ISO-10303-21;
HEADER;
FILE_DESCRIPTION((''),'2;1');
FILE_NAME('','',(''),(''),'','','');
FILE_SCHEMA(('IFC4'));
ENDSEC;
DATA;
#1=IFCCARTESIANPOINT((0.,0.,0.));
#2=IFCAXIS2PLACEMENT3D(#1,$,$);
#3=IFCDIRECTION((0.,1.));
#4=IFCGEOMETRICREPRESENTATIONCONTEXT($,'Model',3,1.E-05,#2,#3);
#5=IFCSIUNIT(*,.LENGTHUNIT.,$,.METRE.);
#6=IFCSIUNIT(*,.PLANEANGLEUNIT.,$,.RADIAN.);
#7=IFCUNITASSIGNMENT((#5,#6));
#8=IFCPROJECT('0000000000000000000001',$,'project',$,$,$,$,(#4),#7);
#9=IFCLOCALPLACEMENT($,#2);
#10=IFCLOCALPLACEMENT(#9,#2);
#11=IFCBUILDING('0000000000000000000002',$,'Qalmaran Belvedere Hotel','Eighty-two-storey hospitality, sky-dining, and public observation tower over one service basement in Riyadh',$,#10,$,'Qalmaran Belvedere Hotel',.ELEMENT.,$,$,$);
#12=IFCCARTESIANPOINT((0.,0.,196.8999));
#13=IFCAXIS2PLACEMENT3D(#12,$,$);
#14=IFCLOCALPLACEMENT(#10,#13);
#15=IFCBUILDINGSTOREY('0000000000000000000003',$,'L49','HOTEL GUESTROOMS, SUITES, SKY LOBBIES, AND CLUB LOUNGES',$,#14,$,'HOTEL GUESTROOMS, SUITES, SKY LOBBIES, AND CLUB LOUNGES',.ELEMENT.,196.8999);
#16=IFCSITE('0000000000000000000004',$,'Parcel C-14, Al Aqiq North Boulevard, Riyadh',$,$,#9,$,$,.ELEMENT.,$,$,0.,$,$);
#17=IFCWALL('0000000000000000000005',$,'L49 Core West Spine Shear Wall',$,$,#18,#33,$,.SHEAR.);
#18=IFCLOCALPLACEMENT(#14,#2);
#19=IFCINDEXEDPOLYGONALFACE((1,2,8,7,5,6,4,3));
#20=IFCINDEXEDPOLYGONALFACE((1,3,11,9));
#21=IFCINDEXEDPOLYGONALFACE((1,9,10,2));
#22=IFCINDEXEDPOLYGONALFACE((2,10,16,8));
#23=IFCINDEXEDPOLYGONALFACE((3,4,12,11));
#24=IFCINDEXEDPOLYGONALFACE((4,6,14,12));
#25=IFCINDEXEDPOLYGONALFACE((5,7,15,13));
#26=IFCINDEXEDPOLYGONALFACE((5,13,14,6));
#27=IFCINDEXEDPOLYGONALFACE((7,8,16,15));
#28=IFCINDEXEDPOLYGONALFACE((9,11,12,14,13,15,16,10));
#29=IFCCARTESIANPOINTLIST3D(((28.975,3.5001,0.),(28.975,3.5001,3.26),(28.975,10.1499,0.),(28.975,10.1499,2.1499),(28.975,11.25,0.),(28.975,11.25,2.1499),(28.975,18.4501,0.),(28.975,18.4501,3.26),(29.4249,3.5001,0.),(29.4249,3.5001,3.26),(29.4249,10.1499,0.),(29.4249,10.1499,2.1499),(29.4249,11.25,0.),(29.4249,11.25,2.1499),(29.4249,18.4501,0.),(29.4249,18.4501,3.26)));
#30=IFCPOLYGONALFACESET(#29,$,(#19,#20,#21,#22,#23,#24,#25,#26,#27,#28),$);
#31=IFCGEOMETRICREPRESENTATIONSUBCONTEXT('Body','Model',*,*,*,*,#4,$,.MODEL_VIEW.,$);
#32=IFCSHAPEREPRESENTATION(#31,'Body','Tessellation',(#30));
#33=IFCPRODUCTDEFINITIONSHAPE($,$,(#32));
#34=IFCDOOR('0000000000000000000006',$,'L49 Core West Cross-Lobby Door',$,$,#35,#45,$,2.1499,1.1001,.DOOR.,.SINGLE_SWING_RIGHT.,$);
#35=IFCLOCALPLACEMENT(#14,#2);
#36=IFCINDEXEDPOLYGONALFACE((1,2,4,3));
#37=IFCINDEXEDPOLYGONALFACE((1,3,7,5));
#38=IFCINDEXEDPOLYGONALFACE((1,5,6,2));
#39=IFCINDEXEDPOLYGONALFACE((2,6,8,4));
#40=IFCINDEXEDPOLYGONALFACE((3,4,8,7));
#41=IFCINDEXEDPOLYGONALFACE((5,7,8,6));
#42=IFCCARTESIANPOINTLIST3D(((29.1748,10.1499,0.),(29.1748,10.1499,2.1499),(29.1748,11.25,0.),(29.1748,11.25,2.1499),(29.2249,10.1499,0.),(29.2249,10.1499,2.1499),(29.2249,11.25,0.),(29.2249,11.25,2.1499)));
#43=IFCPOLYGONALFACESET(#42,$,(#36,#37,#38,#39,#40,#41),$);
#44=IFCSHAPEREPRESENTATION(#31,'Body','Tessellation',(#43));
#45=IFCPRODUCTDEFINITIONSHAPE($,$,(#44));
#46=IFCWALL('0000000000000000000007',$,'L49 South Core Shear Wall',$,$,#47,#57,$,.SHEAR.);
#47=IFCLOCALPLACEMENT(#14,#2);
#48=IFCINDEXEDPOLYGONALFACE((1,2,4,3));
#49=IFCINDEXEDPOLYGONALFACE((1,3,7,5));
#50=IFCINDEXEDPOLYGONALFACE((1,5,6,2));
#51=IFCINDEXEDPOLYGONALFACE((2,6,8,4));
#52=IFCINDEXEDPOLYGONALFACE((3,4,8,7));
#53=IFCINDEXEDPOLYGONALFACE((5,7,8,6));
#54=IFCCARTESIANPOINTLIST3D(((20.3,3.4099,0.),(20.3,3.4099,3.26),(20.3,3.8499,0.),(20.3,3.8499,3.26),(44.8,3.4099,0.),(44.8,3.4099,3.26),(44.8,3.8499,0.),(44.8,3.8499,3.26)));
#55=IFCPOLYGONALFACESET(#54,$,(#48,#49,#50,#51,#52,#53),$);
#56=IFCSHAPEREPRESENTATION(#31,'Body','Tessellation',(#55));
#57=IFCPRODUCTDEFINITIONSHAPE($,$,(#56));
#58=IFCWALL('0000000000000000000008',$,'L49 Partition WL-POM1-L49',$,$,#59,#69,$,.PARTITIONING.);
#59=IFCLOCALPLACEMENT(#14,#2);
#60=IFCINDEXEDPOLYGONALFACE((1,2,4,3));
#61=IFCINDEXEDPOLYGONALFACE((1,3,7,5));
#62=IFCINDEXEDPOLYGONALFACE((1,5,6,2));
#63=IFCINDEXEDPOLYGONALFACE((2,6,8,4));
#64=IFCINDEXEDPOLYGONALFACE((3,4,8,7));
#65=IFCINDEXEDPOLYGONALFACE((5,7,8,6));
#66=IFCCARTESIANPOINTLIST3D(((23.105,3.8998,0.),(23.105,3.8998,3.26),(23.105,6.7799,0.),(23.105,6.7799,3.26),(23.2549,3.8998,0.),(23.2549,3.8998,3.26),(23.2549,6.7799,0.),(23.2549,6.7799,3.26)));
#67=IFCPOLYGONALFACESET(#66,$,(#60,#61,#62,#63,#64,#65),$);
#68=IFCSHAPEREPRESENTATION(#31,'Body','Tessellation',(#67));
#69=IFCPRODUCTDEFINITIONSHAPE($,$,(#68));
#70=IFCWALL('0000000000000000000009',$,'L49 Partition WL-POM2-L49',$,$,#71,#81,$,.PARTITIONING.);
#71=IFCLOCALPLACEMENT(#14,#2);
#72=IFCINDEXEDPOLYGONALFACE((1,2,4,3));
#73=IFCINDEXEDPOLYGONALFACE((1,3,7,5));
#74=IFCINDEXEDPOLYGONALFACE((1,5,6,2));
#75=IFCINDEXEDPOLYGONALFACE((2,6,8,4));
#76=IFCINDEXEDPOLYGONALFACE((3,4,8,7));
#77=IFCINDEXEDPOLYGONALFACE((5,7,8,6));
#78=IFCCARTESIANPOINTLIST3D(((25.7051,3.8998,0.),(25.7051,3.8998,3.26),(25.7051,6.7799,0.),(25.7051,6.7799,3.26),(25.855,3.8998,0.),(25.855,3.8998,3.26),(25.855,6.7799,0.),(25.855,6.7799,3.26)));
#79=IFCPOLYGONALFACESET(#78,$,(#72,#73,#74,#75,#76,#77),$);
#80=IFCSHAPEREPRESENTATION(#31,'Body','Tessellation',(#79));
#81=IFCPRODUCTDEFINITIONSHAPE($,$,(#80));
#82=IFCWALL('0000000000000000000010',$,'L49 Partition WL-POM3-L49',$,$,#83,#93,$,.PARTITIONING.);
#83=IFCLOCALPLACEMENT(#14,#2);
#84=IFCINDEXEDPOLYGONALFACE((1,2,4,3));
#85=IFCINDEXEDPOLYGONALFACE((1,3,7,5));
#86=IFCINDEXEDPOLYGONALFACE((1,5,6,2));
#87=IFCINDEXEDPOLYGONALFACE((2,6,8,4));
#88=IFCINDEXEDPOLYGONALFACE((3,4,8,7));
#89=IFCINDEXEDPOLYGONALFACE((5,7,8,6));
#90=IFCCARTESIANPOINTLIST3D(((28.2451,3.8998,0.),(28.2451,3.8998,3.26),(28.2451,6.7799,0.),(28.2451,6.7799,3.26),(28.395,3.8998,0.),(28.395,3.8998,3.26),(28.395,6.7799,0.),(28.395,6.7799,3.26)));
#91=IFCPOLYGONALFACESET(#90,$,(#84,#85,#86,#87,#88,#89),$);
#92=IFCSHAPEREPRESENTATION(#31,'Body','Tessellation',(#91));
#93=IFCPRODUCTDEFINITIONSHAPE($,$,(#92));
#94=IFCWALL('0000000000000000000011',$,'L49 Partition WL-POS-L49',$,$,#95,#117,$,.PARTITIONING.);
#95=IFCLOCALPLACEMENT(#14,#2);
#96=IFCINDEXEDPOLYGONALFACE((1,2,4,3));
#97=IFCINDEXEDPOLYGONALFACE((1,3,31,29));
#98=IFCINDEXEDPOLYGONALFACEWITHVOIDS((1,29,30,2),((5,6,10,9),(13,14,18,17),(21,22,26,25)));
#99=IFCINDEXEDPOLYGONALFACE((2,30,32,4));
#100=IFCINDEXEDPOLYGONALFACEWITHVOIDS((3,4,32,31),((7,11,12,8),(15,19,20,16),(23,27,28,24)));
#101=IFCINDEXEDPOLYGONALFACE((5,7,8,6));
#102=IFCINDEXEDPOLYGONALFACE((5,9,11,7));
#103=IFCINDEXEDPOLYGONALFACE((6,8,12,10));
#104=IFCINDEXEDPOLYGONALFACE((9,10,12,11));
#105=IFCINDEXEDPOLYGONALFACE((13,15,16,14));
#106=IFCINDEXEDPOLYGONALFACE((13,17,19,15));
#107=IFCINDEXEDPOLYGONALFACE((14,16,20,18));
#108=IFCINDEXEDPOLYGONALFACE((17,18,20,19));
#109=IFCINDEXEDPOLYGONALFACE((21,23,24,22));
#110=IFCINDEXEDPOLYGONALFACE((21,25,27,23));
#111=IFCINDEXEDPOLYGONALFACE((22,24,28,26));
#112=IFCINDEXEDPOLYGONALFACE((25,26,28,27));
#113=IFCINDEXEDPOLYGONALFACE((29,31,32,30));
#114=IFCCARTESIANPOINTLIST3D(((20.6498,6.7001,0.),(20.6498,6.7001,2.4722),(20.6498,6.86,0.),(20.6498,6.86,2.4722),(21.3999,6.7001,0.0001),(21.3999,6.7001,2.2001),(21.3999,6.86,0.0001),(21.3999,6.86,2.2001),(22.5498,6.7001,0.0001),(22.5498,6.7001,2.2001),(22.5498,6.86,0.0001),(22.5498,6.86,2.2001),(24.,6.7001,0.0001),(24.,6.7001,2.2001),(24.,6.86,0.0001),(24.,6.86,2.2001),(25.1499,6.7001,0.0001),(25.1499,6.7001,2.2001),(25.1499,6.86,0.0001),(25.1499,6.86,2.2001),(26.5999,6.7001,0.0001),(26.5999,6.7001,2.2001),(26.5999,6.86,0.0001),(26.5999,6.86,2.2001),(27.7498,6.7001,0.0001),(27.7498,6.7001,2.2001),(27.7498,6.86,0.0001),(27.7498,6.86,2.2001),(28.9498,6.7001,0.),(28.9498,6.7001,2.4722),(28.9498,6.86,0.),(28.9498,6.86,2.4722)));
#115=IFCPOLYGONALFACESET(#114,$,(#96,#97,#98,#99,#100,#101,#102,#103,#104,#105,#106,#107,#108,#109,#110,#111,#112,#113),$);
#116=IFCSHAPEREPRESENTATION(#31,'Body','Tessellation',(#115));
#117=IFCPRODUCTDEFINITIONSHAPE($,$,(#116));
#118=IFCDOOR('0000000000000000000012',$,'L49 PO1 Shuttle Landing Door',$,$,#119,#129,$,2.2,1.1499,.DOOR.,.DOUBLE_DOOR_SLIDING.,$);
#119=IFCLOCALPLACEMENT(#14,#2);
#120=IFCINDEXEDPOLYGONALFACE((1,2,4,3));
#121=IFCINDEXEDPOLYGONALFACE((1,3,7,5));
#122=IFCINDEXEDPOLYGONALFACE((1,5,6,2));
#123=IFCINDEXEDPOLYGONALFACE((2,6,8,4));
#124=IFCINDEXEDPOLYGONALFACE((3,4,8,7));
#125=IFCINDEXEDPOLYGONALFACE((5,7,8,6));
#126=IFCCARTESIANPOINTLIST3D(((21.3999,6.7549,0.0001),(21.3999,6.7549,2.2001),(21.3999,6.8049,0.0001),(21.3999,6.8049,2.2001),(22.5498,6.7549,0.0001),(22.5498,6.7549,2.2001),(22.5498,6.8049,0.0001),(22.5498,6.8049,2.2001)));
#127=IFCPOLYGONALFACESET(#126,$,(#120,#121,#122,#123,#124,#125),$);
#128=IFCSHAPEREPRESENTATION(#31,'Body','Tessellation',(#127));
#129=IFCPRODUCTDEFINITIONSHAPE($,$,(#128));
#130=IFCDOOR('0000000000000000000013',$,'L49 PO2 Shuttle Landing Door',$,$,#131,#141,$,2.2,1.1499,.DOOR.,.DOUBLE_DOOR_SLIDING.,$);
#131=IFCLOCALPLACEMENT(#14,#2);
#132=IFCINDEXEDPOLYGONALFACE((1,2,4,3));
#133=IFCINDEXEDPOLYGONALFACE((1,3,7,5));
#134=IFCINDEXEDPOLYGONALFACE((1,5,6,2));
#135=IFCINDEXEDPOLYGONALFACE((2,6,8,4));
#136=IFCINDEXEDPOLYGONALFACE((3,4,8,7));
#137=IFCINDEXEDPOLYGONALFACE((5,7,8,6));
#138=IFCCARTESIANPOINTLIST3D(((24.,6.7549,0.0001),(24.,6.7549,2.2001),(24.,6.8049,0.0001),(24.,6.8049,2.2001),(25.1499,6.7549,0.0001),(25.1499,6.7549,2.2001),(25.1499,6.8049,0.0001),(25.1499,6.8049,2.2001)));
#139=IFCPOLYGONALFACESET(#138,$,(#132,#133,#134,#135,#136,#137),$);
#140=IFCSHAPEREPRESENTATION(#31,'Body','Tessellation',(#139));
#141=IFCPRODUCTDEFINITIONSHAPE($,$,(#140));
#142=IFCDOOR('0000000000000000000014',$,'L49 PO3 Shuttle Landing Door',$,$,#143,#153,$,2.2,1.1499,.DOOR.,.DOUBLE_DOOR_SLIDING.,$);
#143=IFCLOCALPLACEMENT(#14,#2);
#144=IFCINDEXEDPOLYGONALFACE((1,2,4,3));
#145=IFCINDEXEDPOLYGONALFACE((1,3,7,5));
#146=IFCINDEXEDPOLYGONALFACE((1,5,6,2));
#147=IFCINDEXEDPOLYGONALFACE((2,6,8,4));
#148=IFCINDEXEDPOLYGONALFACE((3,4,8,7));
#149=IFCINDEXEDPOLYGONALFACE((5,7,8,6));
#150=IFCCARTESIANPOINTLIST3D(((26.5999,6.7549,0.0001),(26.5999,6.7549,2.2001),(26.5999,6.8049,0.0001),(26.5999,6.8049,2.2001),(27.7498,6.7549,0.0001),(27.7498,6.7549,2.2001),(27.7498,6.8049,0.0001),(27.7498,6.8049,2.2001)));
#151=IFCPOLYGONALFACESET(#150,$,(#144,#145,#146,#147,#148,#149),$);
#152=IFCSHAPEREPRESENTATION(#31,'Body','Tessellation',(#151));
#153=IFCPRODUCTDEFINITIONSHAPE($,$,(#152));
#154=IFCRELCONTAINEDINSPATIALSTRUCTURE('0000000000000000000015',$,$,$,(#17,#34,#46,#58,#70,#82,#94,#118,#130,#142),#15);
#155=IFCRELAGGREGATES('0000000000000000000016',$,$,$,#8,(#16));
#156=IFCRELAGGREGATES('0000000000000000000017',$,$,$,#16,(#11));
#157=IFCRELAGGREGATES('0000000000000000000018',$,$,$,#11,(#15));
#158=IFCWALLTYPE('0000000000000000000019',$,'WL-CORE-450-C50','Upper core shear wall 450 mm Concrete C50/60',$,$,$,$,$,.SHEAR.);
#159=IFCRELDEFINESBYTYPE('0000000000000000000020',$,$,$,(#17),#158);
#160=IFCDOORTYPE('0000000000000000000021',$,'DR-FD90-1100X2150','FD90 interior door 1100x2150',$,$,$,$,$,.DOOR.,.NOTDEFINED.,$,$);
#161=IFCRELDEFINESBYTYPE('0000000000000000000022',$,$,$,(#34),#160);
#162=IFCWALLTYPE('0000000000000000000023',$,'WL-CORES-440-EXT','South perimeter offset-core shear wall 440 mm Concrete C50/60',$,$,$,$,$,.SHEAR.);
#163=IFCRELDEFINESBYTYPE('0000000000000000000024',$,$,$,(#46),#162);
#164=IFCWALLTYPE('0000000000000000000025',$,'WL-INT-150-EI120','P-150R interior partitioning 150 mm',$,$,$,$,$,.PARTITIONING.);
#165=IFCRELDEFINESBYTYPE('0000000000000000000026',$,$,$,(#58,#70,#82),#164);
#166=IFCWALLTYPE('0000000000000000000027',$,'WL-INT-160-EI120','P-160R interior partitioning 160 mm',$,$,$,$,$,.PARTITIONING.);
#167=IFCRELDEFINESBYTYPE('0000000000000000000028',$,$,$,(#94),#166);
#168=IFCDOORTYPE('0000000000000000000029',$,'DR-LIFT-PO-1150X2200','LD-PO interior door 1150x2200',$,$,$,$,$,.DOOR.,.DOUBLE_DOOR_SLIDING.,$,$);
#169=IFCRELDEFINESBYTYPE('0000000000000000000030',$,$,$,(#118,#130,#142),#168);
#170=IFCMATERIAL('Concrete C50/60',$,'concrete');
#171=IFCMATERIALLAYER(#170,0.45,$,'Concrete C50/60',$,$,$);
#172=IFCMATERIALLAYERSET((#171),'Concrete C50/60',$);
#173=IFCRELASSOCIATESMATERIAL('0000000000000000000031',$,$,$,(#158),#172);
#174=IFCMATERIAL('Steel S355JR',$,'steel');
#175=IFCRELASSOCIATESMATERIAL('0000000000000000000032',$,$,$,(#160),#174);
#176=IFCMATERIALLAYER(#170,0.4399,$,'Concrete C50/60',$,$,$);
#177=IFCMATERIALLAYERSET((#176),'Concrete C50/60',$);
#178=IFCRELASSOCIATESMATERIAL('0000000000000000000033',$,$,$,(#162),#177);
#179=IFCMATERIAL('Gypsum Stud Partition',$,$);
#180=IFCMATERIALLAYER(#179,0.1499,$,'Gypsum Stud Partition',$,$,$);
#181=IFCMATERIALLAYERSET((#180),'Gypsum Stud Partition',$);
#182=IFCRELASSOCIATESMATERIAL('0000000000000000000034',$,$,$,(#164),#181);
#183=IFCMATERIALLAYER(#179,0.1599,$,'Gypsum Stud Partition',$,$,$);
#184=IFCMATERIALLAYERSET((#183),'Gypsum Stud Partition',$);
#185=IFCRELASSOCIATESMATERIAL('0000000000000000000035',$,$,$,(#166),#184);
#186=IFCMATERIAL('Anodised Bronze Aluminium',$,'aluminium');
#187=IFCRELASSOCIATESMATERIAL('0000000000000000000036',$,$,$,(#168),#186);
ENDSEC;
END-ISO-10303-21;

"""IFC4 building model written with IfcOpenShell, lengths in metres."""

from ifc_helpers import new_model, si_unit, direction, frame, frame_2d, origin, place, context, subcontext, project, spatial, rectangle, extrude, material, layer, layer_set, type_object, element, fill, save


model = new_model("IFC4")

# Units and contexts
model_context = context("Model", 3, precision=1e-05, world=origin(), true_north=direction((0.0, 1.0)))
body_context = subcontext(model_context, "Body", "Model", "MODEL_VIEW")
ifc_project = project(units=[si_unit("LENGTHUNIT", "METRE"), si_unit("PLANEANGLEUNIT", "RADIAN")], contexts=[model_context])

# Site, building, storey
site_placement = place(None, origin())
site = spatial("IfcSite", under=ifc_project, at=site_placement, Name="Parcel C-14, Al Aqiq North Boulevard, Riyadh", CompositionType="ELEMENT", RefElevation=0.0)
building_placement = place(site_placement, origin())
building = spatial("IfcBuilding", under=site, at=building_placement, Name="Qalmaran Belvedere Hotel", Description="Eighty-two-storey hospitality, sky-dining, and public observation tower over one service basement in Riyadh", LongName="Qalmaran Belvedere Hotel", CompositionType="ELEMENT")
storey_placement = place(building_placement, frame((0.0, 0.0, 196.8999)))
storey = spatial("IfcBuildingStorey", under=building, at=storey_placement, Name="L49", Description="HOTEL GUESTROOMS, SUITES, SKY LOBBIES, AND CLUB LOUNGES", LongName="HOTEL GUESTROOMS, SUITES, SKY LOBBIES, AND CLUB LOUNGES", CompositionType="ELEMENT", Elevation=196.8999)

# Shared definitions
ifc_material_1 = material(Name="Concrete C50/60", Category="concrete")

# Shared definitions
ifc_material_2 = material(Name="Steel S355JR", Category="steel")

# Shared definitions
ifc_material_3 = material(Name="Anodised Bronze Aluminium", Category="aluminium")

# Shared definitions
ifc_layer_1 = layer(ifc_material_1, 0.45, Name="Concrete C50/60")
ifc_layer_set_1 = layer_set([ifc_layer_1], Name="Concrete C50/60")
wall_type_1 = type_object("IfcWallType", Name="WL-CORE-450-C50", Description="Upper core shear wall 450 mm Concrete C50/60", PredefinedType="SHEAR", material=ifc_layer_set_1)

# Wall, opening, door
wall_1_placement = place(storey_placement, frame((29.2, 3.5, 0.0), z_axis=(0.0, 0.0, 1.0), x_axis=(0.0, 1.0, 0.0)))
wall_1 = element("IfcWall", 1, at=wall_1_placement, inside=storey, type_object=wall_type_1, Name="L49 Core West Spine Shear Wall", PredefinedType="SHEAR", context=body_context, shape_type="SweptSolid", body=[
    extrude(rectangle(XDim=14.95, YDim=0.45, at=frame_2d((7.4751, 0.0))), origin(), (0.0, 0.0, 1.0), 3.26),
])
opening_1_placement = place(wall_1_placement, frame((7.75, 0.0, 0.0), z_axis=(0.0, 0.0, 1.0), x_axis=(-1.0, 0.0, 0.0)))
opening_1 = element("IfcOpeningElement", 2, at=opening_1_placement, cuts=wall_1, PredefinedType="OPENING", context=body_context, shape_type="SweptSolid", body=[
    extrude(rectangle(XDim=1.1001, YDim=2.1499, at=frame_2d((0.55, 1.075))), frame((0.0, 0.2349, 0.0), z_axis=(0.0, -1.0, 0.0), x_axis=(1.0, 0.0, 0.0)), (0.0, 0.0, 1.0), 0.47),
])
door_type_1 = type_object("IfcDoorType", Name="DR-FD90-1100X2150", Description="FD90 interior door 1100x2150", OperationType="NOTDEFINED", PredefinedType="DOOR", material=ifc_material_2)
door_1_placement = place(opening_1_placement, origin())
door_1 = element("IfcDoor", 3, at=door_1_placement, inside=storey, type_object=door_type_1, Name="L49 Core West Cross-Lobby Door", OperationType="SINGLE_SWING_RIGHT", OverallHeight=2.1499, OverallWidth=1.1001, PredefinedType="DOOR", context=body_context, shape_type="SweptSolid", body=[
    extrude(rectangle(XDim=1.1001, YDim=2.1499, at=frame_2d((0.55, 1.075))), frame((0.0, 0.0249, 0.0), z_axis=(0.0, -1.0, 0.0), x_axis=(1.0, 0.0, 0.0)), (0.0, 0.0, 1.0), 0.05),
])
fill(opening_1, door_1)

# Walls
ifc_layer_2 = layer(ifc_material_1, 0.4399, Name="Concrete C50/60")
ifc_layer_set_2 = layer_set([ifc_layer_2], Name="Concrete C50/60")
wall_type_2 = type_object("IfcWallType", Name="WL-CORES-440-EXT", Description="South perimeter offset-core shear wall 440 mm Concrete C50/60", PredefinedType="SHEAR", material=ifc_layer_set_2)
wall_2_placement = place(storey_placement, frame((20.3, 3.6299, 0.0), z_axis=(0.0, 0.0, 1.0), x_axis=(1.0, 0.0, 0.0)))
element("IfcWall", 4, at=wall_2_placement, inside=storey, type_object=wall_type_2, Name="L49 South Core Shear Wall", PredefinedType="SHEAR", context=body_context, shape_type="SweptSolid", body=[
    extrude(rectangle(XDim=24.5, YDim=0.4399, at=frame_2d((12.25, 0.0))), origin(), (0.0, 0.0, 1.0), 3.26),
])
ifc_material_4 = material(Name="Gypsum Stud Partition")
ifc_layer_3 = layer(ifc_material_4, 0.1499, Name="Gypsum Stud Partition")
ifc_layer_set_3 = layer_set([ifc_layer_3], Name="Gypsum Stud Partition")
wall_type_3 = type_object("IfcWallType", Name="WL-INT-150-EI120", Description="P-150R interior partitioning 150 mm", PredefinedType="PARTITIONING", material=ifc_layer_set_3)
for number, where, z_axis, x_axis, name in (
    (5, (23.1799, 3.8999, 0.0), (0.0, 0.0, 1.0), (0.0, 1.0, 0.0), "L49 Partition WL-POM1-L49"),
    (6, (25.78, 3.8999, 0.0), (0.0, 0.0, 1.0), (0.0, 1.0, 0.0), "L49 Partition WL-POM2-L49"),
    (7, (28.3201, 3.8999, 0.0), (0.0, 0.0, 1.0), (0.0, 1.0, 0.0), "L49 Partition WL-POM3-L49"),
):
    element("IfcWall", number, at=place(storey_placement, frame(where, z_axis=z_axis, x_axis=x_axis)), inside=storey, type_object=wall_type_3, Name=name, PredefinedType="PARTITIONING", context=body_context, shape_type="SweptSolid", body=[
        extrude(rectangle(XDim=2.8801, YDim=0.1499, at=frame_2d((1.4399, 0.0))), origin(), (0.0, 0.0, 1.0), 3.26),
    ])

# Wall, openings, doors
ifc_layer_4 = layer(ifc_material_4, 0.1599, Name="Gypsum Stud Partition")
ifc_layer_set_4 = layer_set([ifc_layer_4], Name="Gypsum Stud Partition")
wall_type_4 = type_object("IfcWallType", Name="WL-INT-160-EI120", Description="P-160R interior partitioning 160 mm", PredefinedType="PARTITIONING", material=ifc_layer_set_4)
wall_3_placement = place(storey_placement, frame((20.6499, 6.78, 0.0), z_axis=(0.0, 0.0, 1.0), x_axis=(1.0, 0.0, 0.0)))
wall_3 = element("IfcWall", 8, at=wall_3_placement, inside=storey, type_object=wall_type_4, Name="L49 Partition WL-POS-L49", PredefinedType="PARTITIONING", context=body_context, shape_type="SweptSolid", body=[
    extrude(rectangle(XDim=8.3, YDim=0.1599, at=frame_2d((4.1499, 0.0))), origin(), (0.0, 0.0, 1.0), 2.4722),
])
opening_2_placement = place(wall_3_placement, frame((0.75, 0.0, 0.0)))
opening_2 = element("IfcOpeningElement", 9, at=opening_2_placement, cuts=wall_3, PredefinedType="OPENING", context=body_context, shape_type="SweptSolid", body=[
    extrude(rectangle(XDim=1.1499, YDim=2.2, at=frame_2d((0.575, 1.1001))), frame((0.0, 0.0898, 0.0), z_axis=(0.0, -1.0, 0.0), x_axis=(1.0, 0.0, 0.0)), (0.0, 0.0, 1.0), 0.1799),
])
opening_3_placement = place(wall_3_placement, frame((3.3501, 0.0, 0.0)))
opening_3 = element("IfcOpeningElement", 10, at=opening_3_placement, cuts=wall_3, PredefinedType="OPENING", context=body_context, shape_type="SweptSolid", body=[
    extrude(rectangle(XDim=1.1499, YDim=2.2, at=frame_2d((0.575, 1.1001))), frame((0.0, 0.0898, 0.0), z_axis=(0.0, -1.0, 0.0), x_axis=(1.0, 0.0, 0.0)), (0.0, 0.0, 1.0), 0.1799),
])
opening_4_placement = place(wall_3_placement, frame((5.95, 0.0, 0.0)))
opening_4 = element("IfcOpeningElement", 11, at=opening_4_placement, cuts=wall_3, PredefinedType="OPENING", context=body_context, shape_type="SweptSolid", body=[
    extrude(rectangle(XDim=1.1499, YDim=2.2, at=frame_2d((0.575, 1.1001))), frame((0.0, 0.0898, 0.0), z_axis=(0.0, -1.0, 0.0), x_axis=(1.0, 0.0, 0.0)), (0.0, 0.0, 1.0), 0.1799),
])
door_type_2 = type_object("IfcDoorType", Name="DR-LIFT-PO-1150X2200", Description="LD-PO interior door 1150x2200", OperationType="DOUBLE_DOOR_SLIDING", PredefinedType="DOOR", material=ifc_material_3)
door_2_placement = place(opening_2_placement, origin())
door_2 = element("IfcDoor", 12, at=door_2_placement, inside=storey, type_object=door_type_2, Name="L49 PO1 Shuttle Landing Door", OperationType="DOUBLE_DOOR_SLIDING", OverallHeight=2.2, OverallWidth=1.1499, PredefinedType="DOOR", context=body_context, shape_type="SweptSolid", body=[
    extrude(rectangle(XDim=1.1499, YDim=2.2, at=frame_2d((0.575, 1.1001))), frame((0.0, 0.0249, 0.0), z_axis=(0.0, -1.0, 0.0), x_axis=(1.0, 0.0, 0.0)), (0.0, 0.0, 1.0), 0.05),
])
fill(opening_2, door_2)
door_3_placement = place(opening_3_placement, origin())
door_3 = element("IfcDoor", 13, at=door_3_placement, inside=storey, type_object=door_type_2, Name="L49 PO2 Shuttle Landing Door", OperationType="DOUBLE_DOOR_SLIDING", OverallHeight=2.2, OverallWidth=1.1499, PredefinedType="DOOR", context=body_context, shape_type="SweptSolid", body=[
    extrude(rectangle(XDim=1.1499, YDim=2.2, at=frame_2d((0.575, 1.1001))), frame((0.0, 0.0249, 0.0), z_axis=(0.0, -1.0, 0.0), x_axis=(1.0, 0.0, 0.0)), (0.0, 0.0, 1.0), 0.05),
])
fill(opening_3, door_3)
door_4_placement = place(opening_4_placement, origin())
door_4 = element("IfcDoor", 14, at=door_4_placement, inside=storey, type_object=door_type_2, Name="L49 PO3 Shuttle Landing Door", OperationType="DOUBLE_DOOR_SLIDING", OverallHeight=2.2, OverallWidth=1.1499, PredefinedType="DOOR", context=body_context, shape_type="SweptSolid", body=[
    extrude(rectangle(XDim=1.1499, YDim=2.2, at=frame_2d((0.575, 1.1001))), frame((0.0, 0.0249, 0.0), z_axis=(0.0, -1.0, 0.0), x_axis=(1.0, 0.0, 0.0)), (0.0, 0.0, 1.0), 0.05),
])
fill(opening_4, door_4)

save(model, "model.ifc")
